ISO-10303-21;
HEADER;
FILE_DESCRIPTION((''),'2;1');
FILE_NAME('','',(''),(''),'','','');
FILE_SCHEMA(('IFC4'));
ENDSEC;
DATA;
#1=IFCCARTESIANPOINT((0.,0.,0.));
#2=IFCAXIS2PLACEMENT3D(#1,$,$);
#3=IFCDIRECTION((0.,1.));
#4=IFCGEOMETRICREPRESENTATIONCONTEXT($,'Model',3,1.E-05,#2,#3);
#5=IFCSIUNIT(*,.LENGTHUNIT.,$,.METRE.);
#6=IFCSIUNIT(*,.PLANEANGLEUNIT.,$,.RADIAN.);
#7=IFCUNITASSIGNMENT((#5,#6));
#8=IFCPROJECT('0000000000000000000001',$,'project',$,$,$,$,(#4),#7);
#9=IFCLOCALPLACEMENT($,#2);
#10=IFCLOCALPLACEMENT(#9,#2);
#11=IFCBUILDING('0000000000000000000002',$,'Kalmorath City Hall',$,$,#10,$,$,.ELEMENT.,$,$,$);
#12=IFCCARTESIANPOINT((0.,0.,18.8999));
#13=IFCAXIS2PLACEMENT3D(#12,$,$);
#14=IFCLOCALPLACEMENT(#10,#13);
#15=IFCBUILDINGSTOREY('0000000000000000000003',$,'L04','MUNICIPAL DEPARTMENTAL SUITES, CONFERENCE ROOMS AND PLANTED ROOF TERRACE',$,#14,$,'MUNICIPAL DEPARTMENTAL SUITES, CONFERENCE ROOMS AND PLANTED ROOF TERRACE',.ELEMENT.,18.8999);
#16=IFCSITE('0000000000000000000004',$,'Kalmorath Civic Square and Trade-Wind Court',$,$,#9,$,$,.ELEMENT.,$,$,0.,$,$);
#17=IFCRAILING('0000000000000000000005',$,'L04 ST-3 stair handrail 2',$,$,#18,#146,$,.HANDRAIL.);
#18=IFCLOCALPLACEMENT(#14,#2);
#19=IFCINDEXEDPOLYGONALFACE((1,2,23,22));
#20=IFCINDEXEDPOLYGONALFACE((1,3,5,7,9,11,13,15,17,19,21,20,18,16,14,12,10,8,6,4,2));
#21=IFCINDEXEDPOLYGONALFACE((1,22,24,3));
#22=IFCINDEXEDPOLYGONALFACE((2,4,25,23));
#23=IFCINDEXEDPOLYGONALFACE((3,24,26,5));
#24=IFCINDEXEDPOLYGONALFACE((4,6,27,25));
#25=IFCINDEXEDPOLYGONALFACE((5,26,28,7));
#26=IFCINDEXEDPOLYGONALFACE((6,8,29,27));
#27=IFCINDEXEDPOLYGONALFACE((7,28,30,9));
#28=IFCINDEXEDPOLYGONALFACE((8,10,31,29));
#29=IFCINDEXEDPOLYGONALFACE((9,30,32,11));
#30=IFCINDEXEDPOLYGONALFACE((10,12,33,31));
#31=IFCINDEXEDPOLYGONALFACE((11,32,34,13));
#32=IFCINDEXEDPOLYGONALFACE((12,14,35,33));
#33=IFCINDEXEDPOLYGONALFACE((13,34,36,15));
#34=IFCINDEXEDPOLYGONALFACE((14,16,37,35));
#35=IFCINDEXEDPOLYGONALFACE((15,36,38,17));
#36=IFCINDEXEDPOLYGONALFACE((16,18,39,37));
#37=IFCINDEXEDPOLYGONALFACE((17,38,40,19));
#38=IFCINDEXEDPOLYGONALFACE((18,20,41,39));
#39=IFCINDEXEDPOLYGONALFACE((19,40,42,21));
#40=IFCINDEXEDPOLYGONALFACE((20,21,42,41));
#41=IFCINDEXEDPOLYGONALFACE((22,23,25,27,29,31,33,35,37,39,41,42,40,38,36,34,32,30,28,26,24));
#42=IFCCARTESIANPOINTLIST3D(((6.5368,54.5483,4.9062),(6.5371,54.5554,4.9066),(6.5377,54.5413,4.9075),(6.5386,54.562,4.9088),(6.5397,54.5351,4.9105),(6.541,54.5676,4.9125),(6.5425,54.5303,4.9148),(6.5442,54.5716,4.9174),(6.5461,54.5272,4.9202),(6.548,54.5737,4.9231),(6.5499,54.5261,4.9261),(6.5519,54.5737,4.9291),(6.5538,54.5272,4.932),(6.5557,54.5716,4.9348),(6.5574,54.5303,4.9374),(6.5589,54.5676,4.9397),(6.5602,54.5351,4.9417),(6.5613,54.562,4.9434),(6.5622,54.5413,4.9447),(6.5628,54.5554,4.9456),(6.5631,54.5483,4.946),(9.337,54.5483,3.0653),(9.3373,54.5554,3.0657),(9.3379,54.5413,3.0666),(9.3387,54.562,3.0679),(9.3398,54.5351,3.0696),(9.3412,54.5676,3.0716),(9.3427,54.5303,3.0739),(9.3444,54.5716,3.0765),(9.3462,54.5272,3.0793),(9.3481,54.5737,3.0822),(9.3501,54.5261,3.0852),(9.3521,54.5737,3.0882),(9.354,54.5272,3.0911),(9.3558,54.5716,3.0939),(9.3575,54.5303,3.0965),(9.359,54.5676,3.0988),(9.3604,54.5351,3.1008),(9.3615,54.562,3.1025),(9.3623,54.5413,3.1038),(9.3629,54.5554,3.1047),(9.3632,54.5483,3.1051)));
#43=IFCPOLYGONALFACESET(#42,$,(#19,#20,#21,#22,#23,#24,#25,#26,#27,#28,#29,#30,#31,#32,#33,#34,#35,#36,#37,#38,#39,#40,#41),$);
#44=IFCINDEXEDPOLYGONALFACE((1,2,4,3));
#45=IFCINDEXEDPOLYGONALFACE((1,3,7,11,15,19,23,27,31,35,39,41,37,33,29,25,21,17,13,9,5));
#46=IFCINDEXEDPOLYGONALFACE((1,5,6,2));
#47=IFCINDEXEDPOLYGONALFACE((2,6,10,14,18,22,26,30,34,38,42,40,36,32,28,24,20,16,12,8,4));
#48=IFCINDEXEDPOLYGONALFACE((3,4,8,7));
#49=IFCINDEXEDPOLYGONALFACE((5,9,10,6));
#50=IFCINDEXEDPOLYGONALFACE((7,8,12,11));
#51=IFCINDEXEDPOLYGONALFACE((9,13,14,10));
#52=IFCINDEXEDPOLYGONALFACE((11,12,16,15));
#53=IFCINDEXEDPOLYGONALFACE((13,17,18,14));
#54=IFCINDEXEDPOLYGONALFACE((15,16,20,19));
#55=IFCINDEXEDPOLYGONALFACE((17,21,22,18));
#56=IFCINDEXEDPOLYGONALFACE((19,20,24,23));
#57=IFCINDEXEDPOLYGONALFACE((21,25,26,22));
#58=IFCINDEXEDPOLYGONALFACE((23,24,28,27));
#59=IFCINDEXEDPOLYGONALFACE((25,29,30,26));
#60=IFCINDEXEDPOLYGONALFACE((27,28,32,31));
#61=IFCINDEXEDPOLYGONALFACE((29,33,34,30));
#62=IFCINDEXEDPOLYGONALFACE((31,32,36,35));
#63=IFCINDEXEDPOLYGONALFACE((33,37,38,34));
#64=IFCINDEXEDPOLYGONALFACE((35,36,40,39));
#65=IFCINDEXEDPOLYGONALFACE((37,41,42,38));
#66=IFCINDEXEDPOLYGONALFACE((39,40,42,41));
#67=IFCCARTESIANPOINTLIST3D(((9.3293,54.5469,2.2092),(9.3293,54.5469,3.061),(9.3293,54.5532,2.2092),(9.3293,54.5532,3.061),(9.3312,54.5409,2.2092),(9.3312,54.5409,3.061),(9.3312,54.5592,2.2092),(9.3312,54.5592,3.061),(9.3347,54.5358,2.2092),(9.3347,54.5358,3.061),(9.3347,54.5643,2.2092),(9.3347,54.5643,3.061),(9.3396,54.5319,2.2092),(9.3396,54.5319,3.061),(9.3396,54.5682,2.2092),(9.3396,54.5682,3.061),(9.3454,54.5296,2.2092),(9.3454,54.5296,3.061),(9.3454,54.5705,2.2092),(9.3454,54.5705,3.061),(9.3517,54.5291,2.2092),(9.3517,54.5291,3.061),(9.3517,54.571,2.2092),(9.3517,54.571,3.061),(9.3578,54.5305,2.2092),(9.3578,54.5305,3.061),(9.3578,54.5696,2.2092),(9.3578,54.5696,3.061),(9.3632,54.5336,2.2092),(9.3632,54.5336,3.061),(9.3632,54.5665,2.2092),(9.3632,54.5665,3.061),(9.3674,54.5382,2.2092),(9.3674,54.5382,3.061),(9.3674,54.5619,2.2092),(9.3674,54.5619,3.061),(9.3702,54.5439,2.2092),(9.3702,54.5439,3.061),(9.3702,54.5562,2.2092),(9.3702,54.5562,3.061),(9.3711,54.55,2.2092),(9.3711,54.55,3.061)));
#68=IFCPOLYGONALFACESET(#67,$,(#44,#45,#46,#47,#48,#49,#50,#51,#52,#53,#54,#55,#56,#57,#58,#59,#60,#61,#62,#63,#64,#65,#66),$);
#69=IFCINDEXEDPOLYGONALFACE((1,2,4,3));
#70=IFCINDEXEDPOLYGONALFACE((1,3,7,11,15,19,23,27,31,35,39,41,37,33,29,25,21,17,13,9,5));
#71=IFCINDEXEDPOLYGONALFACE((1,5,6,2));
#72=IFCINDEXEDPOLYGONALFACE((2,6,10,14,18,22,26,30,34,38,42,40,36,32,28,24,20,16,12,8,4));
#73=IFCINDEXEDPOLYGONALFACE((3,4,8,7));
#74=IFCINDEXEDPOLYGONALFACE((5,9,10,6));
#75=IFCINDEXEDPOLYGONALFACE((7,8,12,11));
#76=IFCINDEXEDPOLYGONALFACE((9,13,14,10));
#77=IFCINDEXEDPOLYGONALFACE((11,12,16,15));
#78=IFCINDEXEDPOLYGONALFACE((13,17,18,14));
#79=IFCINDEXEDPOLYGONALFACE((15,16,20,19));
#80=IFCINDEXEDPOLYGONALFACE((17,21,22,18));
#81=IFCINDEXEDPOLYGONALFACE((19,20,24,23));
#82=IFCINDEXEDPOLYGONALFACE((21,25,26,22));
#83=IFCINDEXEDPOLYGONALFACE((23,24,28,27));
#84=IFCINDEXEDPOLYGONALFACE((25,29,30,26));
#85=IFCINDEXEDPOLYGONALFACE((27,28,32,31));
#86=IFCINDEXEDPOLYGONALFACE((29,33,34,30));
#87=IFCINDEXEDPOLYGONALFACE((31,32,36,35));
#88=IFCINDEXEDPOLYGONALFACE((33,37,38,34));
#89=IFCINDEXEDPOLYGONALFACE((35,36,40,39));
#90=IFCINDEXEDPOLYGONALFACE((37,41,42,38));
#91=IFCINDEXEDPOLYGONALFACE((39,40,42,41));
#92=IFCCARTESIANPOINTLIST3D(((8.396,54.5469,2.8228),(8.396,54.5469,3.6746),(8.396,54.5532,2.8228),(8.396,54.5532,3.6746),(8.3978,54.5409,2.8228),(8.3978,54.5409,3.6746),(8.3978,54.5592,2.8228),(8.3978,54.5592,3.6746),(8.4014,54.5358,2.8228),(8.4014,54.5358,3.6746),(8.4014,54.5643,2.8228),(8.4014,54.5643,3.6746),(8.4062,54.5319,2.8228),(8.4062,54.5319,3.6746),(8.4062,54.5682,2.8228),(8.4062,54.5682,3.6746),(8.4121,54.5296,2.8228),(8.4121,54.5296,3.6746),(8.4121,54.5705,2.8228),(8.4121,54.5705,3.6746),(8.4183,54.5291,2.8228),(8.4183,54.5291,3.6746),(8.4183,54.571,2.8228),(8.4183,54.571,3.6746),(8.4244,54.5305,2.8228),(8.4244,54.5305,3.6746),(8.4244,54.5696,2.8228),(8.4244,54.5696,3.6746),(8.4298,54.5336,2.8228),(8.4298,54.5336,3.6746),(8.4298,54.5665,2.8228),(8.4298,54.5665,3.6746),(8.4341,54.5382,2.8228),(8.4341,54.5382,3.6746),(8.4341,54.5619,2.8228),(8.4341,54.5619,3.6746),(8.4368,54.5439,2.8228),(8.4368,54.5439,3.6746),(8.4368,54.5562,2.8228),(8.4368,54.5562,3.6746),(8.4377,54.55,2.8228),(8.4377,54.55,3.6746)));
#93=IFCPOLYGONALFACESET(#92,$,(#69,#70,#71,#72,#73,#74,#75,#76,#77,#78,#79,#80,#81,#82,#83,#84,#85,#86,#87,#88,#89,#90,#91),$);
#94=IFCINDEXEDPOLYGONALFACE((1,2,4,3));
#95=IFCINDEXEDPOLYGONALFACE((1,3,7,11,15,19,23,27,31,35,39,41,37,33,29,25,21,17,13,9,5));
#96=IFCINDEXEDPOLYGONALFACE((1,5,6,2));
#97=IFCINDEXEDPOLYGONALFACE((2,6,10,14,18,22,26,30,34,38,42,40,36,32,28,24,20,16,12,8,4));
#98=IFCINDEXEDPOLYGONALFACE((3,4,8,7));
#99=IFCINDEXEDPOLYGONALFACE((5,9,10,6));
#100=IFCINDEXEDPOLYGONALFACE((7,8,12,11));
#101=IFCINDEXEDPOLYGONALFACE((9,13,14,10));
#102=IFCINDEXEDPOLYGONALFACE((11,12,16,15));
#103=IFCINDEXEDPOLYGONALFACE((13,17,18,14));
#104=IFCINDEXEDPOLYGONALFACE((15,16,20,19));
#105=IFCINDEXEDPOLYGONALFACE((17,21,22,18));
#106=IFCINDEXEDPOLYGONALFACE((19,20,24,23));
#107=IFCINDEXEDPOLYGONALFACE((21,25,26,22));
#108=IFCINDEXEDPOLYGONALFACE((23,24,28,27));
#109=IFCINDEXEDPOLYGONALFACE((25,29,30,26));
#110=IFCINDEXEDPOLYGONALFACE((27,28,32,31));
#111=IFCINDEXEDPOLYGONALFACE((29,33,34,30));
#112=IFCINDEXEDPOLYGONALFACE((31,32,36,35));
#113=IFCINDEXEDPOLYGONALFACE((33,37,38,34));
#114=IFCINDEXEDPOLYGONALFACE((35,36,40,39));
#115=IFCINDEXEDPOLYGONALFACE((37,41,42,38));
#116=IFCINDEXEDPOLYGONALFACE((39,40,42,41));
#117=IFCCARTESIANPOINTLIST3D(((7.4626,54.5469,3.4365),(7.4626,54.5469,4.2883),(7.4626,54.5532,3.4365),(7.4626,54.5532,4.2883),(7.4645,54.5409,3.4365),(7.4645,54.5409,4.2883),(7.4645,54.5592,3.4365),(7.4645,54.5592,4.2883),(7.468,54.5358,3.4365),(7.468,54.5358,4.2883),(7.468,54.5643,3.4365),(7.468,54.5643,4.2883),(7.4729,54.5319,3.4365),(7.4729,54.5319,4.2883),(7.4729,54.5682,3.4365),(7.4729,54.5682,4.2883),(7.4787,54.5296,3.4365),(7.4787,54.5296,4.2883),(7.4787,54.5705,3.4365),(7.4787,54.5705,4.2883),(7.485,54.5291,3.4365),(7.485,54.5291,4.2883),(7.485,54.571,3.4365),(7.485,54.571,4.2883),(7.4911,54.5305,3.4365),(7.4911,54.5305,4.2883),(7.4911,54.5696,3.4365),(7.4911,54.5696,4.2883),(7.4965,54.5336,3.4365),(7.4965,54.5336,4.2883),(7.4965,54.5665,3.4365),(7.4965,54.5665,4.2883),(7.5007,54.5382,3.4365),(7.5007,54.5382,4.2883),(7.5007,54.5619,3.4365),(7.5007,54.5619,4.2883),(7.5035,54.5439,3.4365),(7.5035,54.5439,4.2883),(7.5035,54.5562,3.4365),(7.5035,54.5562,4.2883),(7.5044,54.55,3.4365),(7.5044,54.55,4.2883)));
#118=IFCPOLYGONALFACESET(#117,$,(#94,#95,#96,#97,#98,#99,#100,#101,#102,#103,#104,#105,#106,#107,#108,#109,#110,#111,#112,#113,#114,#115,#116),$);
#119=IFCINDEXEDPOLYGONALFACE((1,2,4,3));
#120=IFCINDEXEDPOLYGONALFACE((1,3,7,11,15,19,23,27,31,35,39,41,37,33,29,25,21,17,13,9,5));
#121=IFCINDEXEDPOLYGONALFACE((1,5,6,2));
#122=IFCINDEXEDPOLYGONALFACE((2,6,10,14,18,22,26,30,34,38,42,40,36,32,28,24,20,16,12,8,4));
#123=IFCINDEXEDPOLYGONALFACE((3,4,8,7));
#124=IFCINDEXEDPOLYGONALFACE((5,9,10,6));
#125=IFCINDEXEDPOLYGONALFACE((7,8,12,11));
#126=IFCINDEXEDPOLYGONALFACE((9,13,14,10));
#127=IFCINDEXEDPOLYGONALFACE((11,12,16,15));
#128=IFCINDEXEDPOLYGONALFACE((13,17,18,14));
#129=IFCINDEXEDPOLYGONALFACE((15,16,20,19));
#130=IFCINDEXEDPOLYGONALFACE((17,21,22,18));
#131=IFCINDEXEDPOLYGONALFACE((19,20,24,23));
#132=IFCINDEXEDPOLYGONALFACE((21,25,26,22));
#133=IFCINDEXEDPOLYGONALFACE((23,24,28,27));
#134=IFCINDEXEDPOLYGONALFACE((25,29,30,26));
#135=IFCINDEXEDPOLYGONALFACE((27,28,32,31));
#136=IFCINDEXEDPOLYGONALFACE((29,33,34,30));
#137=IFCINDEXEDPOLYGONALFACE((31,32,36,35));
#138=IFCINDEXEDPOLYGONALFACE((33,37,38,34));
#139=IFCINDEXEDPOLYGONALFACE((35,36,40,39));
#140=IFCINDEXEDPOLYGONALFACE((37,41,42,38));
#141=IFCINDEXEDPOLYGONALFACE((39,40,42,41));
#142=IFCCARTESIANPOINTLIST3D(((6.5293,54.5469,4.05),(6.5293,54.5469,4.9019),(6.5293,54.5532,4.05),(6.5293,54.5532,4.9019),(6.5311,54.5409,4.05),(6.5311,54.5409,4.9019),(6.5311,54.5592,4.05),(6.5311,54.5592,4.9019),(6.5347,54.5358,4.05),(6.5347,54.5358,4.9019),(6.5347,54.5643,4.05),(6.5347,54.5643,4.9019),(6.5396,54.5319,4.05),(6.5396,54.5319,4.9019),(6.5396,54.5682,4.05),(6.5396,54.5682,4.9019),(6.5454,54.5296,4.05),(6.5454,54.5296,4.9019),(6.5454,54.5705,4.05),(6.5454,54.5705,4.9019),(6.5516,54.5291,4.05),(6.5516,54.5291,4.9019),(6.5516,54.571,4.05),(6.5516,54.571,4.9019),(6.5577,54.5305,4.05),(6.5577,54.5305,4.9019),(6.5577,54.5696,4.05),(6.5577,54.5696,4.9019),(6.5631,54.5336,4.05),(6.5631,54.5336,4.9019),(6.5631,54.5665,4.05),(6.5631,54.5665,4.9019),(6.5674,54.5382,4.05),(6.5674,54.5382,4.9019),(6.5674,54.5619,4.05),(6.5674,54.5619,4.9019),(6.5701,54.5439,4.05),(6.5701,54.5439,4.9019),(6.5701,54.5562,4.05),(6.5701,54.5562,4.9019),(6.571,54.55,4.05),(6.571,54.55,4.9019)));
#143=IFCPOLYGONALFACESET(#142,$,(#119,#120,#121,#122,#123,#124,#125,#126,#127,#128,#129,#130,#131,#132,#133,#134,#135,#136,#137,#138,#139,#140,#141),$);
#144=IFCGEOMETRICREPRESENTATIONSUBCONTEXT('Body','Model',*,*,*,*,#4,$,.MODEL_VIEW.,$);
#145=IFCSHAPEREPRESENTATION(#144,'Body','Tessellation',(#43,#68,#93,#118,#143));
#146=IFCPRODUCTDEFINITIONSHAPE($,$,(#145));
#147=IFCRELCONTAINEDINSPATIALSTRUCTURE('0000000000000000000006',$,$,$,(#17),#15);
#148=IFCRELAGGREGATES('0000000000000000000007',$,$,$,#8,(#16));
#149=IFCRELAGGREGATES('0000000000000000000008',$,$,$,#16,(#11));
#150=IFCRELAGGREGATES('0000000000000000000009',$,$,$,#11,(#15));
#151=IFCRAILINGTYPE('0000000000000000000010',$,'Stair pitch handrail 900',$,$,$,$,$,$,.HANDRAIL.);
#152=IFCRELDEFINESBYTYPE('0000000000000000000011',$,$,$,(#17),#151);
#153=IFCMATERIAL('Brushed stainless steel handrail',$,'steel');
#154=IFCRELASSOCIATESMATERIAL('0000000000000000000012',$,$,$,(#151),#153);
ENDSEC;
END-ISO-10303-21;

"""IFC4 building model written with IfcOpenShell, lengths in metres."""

from ifc_helpers import new_model, si_unit, direction, frame, origin, origin_2d, place, context, subcontext, project, spatial, circle, extrude, material, type_object, element, save


model = new_model("IFC4")

# Units and contexts
model_context = context("Model", 3, precision=1e-05, world=origin(), true_north=direction((0.0, 1.0)))
body_context = subcontext(model_context, "Body", "Model", "MODEL_VIEW")
ifc_project = project(units=[si_unit("LENGTHUNIT", "METRE"), si_unit("PLANEANGLEUNIT", "RADIAN")], contexts=[model_context])

# Site, building, storey
site_placement = place(None, origin())
site = spatial("IfcSite", under=ifc_project, at=site_placement, Name="Kalmorath Civic Square and Trade-Wind Court", CompositionType="ELEMENT", RefElevation=0.0)
building_placement = place(site_placement, origin())
building = spatial("IfcBuilding", under=site, at=building_placement, Name="Kalmorath City Hall", CompositionType="ELEMENT")
storey_placement = place(building_placement, frame((0.0, 0.0, 18.8999)))
storey = spatial("IfcBuildingStorey", under=building, at=storey_placement, Name="L04", Description="MUNICIPAL DEPARTMENTAL SUITES, CONFERENCE ROOMS AND PLANTED ROOF TERRACE", LongName="MUNICIPAL DEPARTMENTAL SUITES, CONFERENCE ROOMS AND PLANTED ROOF TERRACE", CompositionType="ELEMENT", Elevation=18.8999)

# Railing
ifc_material_1 = material(Name="Brushed stainless steel handrail", Category="steel")
railing_type_1 = type_object("IfcRailingType", Name="Stair pitch handrail 900", PredefinedType="HANDRAIL", material=ifc_material_1)
railing_1_placement = place(storey_placement, frame((9.3501, 54.55, 2.2092)))
element("IfcRailing", 1, at=railing_1_placement, inside=storey, type_object=railing_type_1, Name="L04 ST-3 stair handrail 2", PredefinedType="HANDRAIL", context=body_context, shape_type="SweptSolid", body=[
    extrude(circle(Radius=0.0239, at=origin_2d()), frame((0.0, 0.0, 0.876), z_axis=(-0.835598, 0.0, 0.549342), x_axis=(0.0, -1.0, 0.0)), (0.0, 0.0, 1.0), 3.3511),
    extrude(circle(Radius=0.021, at=origin_2d()), origin(), (0.0, 0.0, 1.0), 0.8518),
    extrude(circle(Radius=0.021, at=origin_2d()), frame((-0.9333, 0.0, 0.6135)), (0.0, 0.0, 1.0), 0.8518),
    extrude(circle(Radius=0.021, at=origin_2d()), frame((-1.8667, 0.0, 1.2273)), (0.0, 0.0, 1.0), 0.8518),
    extrude(circle(Radius=0.021, at=origin_2d()), frame((-2.8, 0.0, 1.8408)), (0.0, 0.0, 1.0), 0.8518),
])

save(model, "model.ifc")
